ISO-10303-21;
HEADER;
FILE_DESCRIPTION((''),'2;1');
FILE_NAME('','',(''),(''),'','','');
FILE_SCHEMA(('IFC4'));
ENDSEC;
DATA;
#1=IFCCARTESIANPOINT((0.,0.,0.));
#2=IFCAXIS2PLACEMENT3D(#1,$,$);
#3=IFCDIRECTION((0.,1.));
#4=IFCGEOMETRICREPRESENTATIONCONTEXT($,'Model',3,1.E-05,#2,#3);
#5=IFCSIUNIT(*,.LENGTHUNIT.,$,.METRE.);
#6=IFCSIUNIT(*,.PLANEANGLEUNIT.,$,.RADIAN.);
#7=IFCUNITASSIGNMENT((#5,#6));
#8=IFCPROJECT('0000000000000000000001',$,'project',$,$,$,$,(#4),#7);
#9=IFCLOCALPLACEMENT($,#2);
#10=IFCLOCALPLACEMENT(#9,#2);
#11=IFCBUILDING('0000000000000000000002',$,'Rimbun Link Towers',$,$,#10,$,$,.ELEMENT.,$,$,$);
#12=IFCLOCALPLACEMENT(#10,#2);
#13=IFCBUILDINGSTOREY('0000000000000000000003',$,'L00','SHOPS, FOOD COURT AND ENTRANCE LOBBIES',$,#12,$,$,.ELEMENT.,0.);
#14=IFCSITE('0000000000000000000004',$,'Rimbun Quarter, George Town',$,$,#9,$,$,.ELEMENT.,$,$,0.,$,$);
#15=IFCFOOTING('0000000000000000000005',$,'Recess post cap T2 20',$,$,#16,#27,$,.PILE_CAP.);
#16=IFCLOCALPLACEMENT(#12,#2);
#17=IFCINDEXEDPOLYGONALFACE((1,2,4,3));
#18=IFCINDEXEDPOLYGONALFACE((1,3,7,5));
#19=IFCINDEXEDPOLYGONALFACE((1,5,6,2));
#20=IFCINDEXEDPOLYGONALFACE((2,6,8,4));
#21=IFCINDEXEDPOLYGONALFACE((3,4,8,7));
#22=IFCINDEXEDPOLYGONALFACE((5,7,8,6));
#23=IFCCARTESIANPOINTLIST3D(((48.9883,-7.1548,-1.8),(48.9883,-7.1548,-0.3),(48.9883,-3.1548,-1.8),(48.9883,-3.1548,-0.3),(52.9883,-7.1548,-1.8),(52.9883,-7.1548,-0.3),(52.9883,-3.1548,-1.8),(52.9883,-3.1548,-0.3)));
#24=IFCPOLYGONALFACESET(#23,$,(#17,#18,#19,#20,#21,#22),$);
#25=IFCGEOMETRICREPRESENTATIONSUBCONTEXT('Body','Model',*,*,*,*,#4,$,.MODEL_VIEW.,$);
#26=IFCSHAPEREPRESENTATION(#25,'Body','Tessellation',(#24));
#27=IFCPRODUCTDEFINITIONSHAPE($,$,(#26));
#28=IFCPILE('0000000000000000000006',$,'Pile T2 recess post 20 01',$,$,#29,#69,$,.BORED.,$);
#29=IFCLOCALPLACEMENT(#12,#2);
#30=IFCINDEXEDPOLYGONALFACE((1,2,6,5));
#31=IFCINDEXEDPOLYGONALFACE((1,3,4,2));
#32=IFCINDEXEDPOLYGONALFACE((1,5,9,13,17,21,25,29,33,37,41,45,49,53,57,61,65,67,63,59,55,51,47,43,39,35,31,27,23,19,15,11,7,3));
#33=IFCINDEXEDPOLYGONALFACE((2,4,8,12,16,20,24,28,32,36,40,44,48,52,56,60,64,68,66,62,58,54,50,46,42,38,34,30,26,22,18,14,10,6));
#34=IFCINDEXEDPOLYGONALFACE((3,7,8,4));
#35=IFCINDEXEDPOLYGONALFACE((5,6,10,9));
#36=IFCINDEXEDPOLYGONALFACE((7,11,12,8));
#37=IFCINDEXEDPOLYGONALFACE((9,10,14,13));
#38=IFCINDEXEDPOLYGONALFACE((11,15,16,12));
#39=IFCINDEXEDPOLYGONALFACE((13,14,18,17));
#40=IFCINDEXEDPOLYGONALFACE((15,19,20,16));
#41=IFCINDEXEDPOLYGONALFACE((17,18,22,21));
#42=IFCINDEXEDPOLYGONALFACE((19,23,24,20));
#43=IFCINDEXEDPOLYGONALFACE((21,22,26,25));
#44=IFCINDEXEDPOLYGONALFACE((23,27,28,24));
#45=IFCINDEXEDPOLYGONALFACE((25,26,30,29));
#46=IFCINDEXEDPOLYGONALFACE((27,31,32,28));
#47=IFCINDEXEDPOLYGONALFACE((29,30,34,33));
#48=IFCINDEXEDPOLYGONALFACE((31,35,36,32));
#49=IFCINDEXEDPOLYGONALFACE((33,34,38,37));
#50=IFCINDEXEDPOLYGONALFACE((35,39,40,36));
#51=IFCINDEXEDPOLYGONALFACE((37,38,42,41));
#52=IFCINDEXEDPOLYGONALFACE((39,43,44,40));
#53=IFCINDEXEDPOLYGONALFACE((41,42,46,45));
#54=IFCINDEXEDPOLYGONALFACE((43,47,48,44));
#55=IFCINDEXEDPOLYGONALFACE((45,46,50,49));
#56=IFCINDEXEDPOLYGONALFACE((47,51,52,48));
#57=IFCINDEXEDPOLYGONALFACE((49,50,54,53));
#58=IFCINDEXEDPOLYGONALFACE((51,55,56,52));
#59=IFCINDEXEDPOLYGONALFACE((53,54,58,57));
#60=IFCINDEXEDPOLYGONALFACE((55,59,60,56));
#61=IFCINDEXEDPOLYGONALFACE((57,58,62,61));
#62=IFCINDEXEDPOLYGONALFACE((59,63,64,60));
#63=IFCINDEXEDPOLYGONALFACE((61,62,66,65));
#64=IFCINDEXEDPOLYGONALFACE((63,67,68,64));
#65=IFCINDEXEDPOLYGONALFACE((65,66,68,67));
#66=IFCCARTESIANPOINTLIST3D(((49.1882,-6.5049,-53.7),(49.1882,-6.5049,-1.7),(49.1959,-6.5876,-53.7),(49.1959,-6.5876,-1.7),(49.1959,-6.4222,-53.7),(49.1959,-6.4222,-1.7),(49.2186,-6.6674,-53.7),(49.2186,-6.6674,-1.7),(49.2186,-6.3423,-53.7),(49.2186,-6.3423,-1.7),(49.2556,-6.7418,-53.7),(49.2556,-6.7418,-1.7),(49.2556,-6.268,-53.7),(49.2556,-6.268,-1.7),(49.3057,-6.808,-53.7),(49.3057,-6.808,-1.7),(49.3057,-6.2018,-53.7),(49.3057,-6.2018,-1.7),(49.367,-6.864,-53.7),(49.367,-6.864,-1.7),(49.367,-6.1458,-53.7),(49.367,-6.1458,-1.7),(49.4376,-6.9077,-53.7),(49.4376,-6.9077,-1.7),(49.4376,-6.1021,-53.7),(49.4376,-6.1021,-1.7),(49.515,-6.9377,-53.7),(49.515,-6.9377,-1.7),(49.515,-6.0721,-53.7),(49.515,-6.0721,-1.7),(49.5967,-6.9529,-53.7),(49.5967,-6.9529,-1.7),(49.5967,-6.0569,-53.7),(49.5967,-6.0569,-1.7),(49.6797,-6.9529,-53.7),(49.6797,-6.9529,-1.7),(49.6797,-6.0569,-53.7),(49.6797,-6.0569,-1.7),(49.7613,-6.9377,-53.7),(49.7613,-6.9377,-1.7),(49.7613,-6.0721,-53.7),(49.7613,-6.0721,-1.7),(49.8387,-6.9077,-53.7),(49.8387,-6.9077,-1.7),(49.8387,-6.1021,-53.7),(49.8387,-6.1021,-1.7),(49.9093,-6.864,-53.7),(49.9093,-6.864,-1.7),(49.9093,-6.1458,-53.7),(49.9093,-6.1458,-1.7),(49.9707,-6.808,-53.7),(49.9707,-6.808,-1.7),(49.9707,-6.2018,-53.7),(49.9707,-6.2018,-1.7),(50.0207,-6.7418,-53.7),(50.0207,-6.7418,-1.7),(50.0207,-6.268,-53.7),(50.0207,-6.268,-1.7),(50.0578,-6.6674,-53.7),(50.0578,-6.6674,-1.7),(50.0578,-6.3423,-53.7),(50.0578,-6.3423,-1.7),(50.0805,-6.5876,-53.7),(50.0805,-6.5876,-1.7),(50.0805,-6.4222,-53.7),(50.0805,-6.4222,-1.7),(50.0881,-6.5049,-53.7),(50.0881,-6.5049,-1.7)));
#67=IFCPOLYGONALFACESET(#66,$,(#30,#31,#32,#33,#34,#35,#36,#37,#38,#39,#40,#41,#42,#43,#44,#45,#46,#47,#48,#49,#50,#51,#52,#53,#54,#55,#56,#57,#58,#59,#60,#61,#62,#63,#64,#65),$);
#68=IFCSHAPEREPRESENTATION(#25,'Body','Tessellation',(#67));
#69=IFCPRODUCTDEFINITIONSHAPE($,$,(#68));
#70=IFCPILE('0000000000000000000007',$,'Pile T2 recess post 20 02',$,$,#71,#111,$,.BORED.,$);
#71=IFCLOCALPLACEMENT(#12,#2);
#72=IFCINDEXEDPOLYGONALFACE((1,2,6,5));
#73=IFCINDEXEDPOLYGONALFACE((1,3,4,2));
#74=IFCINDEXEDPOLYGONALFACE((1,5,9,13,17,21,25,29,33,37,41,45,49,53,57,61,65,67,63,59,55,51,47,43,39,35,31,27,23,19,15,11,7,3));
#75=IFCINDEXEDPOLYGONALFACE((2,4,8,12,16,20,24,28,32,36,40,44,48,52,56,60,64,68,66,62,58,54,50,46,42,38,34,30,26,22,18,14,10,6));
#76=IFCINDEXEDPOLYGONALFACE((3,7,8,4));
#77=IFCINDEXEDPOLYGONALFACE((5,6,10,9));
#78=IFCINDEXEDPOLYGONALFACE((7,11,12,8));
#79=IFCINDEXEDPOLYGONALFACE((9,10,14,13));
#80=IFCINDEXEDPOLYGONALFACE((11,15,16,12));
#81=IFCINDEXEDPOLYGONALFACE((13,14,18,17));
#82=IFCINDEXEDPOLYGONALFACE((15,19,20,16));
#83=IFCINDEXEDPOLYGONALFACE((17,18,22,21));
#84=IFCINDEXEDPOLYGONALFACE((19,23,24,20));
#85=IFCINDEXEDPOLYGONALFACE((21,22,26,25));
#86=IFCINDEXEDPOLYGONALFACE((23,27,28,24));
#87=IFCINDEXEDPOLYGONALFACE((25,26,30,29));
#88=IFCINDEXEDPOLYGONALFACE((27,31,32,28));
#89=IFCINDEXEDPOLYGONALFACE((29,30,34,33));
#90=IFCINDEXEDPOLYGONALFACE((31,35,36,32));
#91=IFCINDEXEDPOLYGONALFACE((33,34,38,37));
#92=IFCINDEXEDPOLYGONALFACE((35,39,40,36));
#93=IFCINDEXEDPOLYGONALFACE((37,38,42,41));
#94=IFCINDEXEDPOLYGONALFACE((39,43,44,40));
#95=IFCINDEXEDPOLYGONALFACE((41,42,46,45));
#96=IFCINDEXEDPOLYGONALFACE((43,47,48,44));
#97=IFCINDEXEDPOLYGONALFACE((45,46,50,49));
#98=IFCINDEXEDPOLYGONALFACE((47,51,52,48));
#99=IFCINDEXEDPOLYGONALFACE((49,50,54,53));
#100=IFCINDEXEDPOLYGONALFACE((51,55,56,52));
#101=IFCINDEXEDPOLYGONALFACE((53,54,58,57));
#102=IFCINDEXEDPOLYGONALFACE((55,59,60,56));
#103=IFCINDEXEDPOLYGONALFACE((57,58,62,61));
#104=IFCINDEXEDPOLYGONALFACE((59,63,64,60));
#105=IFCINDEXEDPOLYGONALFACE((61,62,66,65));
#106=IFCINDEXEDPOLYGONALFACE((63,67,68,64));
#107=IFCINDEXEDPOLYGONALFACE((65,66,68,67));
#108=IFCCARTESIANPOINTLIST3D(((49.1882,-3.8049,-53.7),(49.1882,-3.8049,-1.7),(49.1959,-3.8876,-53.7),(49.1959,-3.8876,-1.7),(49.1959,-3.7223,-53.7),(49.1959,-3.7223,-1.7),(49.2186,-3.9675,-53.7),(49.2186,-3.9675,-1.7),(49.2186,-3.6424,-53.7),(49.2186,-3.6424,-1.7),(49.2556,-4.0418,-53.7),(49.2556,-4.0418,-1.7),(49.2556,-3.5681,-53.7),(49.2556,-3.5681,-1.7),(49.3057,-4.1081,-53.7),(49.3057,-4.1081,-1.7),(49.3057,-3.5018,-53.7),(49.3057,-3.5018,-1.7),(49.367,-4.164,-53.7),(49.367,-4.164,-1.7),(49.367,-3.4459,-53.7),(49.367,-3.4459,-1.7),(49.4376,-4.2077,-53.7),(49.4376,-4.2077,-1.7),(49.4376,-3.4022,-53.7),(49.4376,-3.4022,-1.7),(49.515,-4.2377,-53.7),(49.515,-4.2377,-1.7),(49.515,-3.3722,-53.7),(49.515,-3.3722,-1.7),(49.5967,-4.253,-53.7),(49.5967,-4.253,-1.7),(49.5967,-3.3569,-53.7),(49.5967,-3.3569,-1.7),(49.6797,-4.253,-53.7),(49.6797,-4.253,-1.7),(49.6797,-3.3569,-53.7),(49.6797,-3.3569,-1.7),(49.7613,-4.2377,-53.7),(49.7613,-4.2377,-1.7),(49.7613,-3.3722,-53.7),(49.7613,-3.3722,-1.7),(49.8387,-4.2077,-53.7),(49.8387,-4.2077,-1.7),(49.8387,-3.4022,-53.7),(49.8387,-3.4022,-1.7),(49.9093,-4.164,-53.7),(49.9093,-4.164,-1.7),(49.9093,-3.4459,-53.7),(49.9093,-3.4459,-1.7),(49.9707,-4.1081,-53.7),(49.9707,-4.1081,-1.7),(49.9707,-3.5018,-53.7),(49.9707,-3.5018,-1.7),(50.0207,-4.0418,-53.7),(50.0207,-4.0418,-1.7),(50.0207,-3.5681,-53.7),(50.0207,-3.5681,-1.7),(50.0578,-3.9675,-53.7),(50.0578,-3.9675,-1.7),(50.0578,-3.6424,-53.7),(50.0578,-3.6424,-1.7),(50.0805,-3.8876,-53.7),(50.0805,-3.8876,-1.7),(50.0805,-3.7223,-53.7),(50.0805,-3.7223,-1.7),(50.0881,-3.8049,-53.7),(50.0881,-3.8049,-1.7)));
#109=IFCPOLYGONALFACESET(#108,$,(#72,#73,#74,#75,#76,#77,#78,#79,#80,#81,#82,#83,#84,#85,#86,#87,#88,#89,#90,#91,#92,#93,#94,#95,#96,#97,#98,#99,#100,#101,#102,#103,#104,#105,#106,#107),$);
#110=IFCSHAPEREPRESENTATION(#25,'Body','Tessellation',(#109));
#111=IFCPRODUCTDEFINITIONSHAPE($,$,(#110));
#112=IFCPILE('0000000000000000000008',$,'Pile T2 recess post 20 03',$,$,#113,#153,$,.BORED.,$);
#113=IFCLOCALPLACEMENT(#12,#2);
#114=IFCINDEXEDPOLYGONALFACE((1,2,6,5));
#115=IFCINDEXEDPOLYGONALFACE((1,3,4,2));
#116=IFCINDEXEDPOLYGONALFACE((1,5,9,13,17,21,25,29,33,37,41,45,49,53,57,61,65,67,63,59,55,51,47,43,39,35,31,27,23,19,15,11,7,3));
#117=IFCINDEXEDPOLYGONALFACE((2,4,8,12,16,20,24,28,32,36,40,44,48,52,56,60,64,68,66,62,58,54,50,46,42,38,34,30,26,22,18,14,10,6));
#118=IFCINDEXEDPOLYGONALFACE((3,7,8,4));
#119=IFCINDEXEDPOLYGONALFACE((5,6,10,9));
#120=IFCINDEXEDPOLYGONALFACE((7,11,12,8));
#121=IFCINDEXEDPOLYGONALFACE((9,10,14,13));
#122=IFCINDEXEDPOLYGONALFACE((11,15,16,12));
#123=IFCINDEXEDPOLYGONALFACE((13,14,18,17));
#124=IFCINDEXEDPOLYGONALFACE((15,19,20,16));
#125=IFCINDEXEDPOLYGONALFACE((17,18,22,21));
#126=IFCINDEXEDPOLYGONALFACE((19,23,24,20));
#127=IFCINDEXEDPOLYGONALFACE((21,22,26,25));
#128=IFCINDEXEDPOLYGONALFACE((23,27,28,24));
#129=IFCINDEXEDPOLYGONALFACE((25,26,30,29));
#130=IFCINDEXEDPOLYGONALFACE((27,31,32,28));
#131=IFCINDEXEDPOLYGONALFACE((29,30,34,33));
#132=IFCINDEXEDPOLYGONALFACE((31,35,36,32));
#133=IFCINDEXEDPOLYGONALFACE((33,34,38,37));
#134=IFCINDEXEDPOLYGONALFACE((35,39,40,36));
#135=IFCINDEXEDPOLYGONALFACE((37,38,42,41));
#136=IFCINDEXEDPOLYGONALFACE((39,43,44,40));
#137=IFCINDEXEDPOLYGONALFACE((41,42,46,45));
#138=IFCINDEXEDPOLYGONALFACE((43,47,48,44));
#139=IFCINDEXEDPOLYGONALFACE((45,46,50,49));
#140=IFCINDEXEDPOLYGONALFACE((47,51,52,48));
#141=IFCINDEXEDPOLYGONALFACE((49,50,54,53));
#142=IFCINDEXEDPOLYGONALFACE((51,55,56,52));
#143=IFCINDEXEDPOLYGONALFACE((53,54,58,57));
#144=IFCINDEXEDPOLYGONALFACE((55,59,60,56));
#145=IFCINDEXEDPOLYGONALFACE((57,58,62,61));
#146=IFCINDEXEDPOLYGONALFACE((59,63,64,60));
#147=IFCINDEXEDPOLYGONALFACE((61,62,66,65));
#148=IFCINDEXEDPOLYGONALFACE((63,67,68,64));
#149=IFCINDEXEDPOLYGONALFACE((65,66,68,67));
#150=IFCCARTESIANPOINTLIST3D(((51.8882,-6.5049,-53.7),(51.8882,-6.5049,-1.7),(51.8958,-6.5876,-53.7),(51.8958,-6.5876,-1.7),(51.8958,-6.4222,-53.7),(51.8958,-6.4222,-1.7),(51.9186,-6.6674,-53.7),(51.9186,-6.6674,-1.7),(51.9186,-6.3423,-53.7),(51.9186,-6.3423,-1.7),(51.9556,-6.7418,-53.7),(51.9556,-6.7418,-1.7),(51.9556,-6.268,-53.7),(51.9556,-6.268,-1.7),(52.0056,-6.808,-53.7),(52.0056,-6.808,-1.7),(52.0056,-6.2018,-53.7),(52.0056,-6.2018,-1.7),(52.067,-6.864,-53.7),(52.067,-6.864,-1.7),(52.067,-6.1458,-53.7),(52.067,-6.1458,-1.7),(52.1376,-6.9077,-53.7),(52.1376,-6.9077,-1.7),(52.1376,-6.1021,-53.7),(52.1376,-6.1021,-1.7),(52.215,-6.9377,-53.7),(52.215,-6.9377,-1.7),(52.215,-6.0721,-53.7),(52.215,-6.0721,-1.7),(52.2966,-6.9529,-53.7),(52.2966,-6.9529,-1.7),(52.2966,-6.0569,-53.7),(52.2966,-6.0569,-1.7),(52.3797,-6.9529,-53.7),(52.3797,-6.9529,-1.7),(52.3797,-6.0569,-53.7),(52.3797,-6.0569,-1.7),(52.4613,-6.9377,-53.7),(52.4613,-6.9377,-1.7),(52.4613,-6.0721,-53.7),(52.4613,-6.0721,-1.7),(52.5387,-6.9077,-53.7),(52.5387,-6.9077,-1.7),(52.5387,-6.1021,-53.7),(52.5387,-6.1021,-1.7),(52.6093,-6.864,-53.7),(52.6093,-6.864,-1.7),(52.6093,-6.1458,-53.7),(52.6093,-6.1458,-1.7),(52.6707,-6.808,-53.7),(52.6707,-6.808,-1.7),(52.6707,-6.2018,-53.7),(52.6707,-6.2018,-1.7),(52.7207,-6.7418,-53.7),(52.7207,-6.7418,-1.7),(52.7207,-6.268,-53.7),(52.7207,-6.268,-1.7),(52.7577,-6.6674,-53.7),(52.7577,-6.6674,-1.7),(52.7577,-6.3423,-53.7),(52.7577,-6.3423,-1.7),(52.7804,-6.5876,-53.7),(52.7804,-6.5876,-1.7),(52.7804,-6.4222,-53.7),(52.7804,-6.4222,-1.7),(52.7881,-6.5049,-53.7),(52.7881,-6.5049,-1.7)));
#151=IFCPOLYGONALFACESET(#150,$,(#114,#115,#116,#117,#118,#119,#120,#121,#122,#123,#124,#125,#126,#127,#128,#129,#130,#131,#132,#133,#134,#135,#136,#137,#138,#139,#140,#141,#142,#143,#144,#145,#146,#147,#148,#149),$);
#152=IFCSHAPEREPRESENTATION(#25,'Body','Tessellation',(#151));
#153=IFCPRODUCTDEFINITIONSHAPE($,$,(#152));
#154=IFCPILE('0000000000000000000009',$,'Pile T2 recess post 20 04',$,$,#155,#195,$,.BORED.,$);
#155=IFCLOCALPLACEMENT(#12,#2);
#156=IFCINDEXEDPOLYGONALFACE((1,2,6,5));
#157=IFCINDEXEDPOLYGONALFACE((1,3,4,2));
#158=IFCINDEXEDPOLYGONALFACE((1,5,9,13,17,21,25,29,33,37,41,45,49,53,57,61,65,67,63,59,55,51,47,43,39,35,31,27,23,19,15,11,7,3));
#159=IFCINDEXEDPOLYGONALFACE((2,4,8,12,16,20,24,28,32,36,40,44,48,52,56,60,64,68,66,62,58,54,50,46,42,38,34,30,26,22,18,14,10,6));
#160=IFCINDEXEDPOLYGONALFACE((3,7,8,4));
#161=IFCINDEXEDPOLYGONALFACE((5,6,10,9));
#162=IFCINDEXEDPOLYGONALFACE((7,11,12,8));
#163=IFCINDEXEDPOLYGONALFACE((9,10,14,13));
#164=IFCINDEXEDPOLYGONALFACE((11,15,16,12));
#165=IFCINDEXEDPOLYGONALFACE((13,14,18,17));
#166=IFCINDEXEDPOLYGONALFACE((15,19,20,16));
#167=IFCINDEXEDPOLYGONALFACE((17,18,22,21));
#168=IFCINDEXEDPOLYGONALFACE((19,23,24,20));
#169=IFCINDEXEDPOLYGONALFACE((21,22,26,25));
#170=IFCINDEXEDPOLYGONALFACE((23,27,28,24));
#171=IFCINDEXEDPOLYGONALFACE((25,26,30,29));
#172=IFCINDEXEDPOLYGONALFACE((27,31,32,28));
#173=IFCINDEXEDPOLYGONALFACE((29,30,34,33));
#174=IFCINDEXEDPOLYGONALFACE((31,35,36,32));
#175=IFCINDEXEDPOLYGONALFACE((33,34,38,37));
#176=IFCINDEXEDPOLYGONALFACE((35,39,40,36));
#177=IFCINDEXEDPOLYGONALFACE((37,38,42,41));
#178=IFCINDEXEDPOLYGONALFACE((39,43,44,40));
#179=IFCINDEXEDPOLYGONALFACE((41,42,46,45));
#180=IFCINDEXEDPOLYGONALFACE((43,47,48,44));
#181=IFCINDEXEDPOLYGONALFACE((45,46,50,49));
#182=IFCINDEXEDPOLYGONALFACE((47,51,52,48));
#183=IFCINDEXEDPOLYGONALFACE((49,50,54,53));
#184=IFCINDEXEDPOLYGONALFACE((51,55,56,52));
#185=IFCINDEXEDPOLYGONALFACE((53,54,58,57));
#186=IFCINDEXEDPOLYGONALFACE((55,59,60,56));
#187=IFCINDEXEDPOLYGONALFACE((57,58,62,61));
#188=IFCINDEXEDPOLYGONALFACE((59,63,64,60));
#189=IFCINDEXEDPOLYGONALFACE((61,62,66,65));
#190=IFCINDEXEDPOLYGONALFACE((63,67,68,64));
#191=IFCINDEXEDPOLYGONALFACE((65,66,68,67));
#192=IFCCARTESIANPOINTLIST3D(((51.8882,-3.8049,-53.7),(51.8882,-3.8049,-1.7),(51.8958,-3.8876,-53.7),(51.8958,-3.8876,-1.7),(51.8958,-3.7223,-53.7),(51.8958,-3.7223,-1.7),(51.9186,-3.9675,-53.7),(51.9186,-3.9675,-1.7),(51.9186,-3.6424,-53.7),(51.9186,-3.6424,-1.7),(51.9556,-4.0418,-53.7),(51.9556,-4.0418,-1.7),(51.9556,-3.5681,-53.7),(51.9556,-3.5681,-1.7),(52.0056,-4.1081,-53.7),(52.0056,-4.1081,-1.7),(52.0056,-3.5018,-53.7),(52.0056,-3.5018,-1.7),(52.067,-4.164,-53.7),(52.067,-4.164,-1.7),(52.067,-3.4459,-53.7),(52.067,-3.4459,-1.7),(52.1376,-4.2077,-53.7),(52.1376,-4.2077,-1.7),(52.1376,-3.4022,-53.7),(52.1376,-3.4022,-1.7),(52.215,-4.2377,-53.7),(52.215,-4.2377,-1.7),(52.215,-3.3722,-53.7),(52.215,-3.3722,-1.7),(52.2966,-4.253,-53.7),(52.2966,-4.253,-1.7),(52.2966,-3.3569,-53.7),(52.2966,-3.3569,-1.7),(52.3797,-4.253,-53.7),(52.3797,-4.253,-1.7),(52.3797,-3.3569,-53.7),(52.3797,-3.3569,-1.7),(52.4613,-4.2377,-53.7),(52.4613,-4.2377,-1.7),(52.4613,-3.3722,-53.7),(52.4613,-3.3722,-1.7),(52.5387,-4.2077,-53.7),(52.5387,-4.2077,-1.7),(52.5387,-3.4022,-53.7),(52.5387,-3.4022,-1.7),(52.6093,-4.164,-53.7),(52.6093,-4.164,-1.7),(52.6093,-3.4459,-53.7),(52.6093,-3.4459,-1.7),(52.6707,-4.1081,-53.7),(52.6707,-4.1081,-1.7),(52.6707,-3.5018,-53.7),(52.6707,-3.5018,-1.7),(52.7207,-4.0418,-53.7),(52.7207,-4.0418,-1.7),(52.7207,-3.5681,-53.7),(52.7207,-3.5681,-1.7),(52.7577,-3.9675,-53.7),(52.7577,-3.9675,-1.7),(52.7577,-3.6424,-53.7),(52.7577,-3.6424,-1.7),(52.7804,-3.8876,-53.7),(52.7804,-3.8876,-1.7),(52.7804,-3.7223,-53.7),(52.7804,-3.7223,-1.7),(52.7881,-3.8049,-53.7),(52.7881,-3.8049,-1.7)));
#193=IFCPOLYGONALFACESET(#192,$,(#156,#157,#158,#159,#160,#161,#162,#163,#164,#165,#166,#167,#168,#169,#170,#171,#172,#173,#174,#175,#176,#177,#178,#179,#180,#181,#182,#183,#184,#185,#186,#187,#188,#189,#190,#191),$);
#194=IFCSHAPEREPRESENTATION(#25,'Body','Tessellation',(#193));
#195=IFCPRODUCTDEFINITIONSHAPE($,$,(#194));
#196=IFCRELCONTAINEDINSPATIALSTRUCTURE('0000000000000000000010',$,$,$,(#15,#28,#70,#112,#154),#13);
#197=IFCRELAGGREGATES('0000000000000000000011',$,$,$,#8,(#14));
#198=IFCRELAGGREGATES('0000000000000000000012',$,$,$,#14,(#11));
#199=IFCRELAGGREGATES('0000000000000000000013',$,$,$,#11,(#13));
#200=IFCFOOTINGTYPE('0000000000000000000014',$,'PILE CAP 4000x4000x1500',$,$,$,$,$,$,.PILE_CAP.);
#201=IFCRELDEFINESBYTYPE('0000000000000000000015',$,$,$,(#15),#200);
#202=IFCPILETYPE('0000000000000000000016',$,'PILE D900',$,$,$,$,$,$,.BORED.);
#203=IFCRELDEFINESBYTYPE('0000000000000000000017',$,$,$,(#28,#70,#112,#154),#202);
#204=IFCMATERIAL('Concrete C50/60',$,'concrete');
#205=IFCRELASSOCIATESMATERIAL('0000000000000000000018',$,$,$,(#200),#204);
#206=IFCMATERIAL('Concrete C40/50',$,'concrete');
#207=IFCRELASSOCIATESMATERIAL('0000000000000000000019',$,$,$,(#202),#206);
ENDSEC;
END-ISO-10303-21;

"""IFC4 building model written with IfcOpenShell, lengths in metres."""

from ifc_helpers import new_model, si_unit, direction, frame, origin, origin_2d, place, context, subcontext, project, spatial, rectangle, circle, extrude, material, material_profile, profile_set, type_object, element, save


model = new_model("IFC4")

# Units and contexts
model_context = context("Model", 3, precision=1e-05, world=origin(), true_north=direction((0.0, 1.0)))
body_context = subcontext(model_context, "Body", "Model", "MODEL_VIEW")
ifc_project = project(units=[si_unit("LENGTHUNIT", "METRE"), si_unit("PLANEANGLEUNIT", "RADIAN")], contexts=[model_context])

# Site, building, storey
site_placement = place(None, origin())
site = spatial("IfcSite", under=ifc_project, at=site_placement, Name="Rimbun Quarter, George Town", CompositionType="ELEMENT", RefElevation=0.0)
building_placement = place(site_placement, origin())
building = spatial("IfcBuilding", under=site, at=building_placement, Name="Rimbun Link Towers", CompositionType="ELEMENT")
storey_placement = place(building_placement, origin())
storey = spatial("IfcBuildingStorey", under=building, at=storey_placement, Name="L00", Description="SHOPS, FOOD COURT AND ENTRANCE LOBBIES", CompositionType="ELEMENT", Elevation=0.0)

# Footing
ifc_material_1 = material(Name="Concrete C50/60", Category="concrete")
footing_type = type_object("IfcFootingType", Name="PILE CAP 4000x4000x1500", PredefinedType="PILE_CAP", material=ifc_material_1)
footing_placement = place(storey_placement, frame((50.9883, -5.1548, -1.8), z_axis=(0.0, 0.0, 1.0), x_axis=(1.0, 0.0, 0.0)))
element("IfcFooting", 1, at=footing_placement, inside=storey, type_object=footing_type, Name="Recess post cap T2 20", PredefinedType="PILE_CAP", context=body_context, shape_type="SweptSolid", body=[
    extrude(rectangle(XDim=4.0, YDim=4.0, at=origin_2d()), origin(), (0.0, 0.0, 1.0), 1.5),
])

# Piles
ifc_material_2 = material(Name="Concrete C40/50", Category="concrete")
ifc_material_profile_1 = material_profile(ifc_material_2, circle(Radius=0.45, at=origin_2d()), Name="PILE D900")
ifc_profile_set_1 = profile_set([ifc_material_profile_1], Name="Concrete C40/50")
pile_type = type_object("IfcPileType", Name="PILE D900", PredefinedType="BORED", material=ifc_profile_set_1)
for number, where, z_axis, x_axis, name in (
    (2, (49.6382, -6.5049, -1.7), (0.0, 0.0, -1.0), (1.0, 0.0, 0.0), "Pile T2 recess post 20 01"),
    (3, (49.6382, -3.8049, -1.7), (0.0, 0.0, -1.0), (1.0, 0.0, 0.0), "Pile T2 recess post 20 02"),
    (4, (52.3381, -6.5049, -1.7), (0.0, 0.0, -1.0), (1.0, 0.0, 0.0), "Pile T2 recess post 20 03"),
    (5, (52.3381, -3.8049, -1.7), (0.0, 0.0, -1.0), (1.0, 0.0, 0.0), "Pile T2 recess post 20 04"),
):
    element("IfcPile", number, at=place(storey_placement, frame(where, z_axis=z_axis, x_axis=x_axis)), inside=storey, type_object=pile_type, Name=name, PredefinedType="BORED", context=body_context, shape_type="SweptSolid", body=[
        extrude(circle(Radius=0.45, at=origin_2d()), origin(), (0.0, 0.0, 1.0), 52.0),
    ])

save(model, "model.ifc")
